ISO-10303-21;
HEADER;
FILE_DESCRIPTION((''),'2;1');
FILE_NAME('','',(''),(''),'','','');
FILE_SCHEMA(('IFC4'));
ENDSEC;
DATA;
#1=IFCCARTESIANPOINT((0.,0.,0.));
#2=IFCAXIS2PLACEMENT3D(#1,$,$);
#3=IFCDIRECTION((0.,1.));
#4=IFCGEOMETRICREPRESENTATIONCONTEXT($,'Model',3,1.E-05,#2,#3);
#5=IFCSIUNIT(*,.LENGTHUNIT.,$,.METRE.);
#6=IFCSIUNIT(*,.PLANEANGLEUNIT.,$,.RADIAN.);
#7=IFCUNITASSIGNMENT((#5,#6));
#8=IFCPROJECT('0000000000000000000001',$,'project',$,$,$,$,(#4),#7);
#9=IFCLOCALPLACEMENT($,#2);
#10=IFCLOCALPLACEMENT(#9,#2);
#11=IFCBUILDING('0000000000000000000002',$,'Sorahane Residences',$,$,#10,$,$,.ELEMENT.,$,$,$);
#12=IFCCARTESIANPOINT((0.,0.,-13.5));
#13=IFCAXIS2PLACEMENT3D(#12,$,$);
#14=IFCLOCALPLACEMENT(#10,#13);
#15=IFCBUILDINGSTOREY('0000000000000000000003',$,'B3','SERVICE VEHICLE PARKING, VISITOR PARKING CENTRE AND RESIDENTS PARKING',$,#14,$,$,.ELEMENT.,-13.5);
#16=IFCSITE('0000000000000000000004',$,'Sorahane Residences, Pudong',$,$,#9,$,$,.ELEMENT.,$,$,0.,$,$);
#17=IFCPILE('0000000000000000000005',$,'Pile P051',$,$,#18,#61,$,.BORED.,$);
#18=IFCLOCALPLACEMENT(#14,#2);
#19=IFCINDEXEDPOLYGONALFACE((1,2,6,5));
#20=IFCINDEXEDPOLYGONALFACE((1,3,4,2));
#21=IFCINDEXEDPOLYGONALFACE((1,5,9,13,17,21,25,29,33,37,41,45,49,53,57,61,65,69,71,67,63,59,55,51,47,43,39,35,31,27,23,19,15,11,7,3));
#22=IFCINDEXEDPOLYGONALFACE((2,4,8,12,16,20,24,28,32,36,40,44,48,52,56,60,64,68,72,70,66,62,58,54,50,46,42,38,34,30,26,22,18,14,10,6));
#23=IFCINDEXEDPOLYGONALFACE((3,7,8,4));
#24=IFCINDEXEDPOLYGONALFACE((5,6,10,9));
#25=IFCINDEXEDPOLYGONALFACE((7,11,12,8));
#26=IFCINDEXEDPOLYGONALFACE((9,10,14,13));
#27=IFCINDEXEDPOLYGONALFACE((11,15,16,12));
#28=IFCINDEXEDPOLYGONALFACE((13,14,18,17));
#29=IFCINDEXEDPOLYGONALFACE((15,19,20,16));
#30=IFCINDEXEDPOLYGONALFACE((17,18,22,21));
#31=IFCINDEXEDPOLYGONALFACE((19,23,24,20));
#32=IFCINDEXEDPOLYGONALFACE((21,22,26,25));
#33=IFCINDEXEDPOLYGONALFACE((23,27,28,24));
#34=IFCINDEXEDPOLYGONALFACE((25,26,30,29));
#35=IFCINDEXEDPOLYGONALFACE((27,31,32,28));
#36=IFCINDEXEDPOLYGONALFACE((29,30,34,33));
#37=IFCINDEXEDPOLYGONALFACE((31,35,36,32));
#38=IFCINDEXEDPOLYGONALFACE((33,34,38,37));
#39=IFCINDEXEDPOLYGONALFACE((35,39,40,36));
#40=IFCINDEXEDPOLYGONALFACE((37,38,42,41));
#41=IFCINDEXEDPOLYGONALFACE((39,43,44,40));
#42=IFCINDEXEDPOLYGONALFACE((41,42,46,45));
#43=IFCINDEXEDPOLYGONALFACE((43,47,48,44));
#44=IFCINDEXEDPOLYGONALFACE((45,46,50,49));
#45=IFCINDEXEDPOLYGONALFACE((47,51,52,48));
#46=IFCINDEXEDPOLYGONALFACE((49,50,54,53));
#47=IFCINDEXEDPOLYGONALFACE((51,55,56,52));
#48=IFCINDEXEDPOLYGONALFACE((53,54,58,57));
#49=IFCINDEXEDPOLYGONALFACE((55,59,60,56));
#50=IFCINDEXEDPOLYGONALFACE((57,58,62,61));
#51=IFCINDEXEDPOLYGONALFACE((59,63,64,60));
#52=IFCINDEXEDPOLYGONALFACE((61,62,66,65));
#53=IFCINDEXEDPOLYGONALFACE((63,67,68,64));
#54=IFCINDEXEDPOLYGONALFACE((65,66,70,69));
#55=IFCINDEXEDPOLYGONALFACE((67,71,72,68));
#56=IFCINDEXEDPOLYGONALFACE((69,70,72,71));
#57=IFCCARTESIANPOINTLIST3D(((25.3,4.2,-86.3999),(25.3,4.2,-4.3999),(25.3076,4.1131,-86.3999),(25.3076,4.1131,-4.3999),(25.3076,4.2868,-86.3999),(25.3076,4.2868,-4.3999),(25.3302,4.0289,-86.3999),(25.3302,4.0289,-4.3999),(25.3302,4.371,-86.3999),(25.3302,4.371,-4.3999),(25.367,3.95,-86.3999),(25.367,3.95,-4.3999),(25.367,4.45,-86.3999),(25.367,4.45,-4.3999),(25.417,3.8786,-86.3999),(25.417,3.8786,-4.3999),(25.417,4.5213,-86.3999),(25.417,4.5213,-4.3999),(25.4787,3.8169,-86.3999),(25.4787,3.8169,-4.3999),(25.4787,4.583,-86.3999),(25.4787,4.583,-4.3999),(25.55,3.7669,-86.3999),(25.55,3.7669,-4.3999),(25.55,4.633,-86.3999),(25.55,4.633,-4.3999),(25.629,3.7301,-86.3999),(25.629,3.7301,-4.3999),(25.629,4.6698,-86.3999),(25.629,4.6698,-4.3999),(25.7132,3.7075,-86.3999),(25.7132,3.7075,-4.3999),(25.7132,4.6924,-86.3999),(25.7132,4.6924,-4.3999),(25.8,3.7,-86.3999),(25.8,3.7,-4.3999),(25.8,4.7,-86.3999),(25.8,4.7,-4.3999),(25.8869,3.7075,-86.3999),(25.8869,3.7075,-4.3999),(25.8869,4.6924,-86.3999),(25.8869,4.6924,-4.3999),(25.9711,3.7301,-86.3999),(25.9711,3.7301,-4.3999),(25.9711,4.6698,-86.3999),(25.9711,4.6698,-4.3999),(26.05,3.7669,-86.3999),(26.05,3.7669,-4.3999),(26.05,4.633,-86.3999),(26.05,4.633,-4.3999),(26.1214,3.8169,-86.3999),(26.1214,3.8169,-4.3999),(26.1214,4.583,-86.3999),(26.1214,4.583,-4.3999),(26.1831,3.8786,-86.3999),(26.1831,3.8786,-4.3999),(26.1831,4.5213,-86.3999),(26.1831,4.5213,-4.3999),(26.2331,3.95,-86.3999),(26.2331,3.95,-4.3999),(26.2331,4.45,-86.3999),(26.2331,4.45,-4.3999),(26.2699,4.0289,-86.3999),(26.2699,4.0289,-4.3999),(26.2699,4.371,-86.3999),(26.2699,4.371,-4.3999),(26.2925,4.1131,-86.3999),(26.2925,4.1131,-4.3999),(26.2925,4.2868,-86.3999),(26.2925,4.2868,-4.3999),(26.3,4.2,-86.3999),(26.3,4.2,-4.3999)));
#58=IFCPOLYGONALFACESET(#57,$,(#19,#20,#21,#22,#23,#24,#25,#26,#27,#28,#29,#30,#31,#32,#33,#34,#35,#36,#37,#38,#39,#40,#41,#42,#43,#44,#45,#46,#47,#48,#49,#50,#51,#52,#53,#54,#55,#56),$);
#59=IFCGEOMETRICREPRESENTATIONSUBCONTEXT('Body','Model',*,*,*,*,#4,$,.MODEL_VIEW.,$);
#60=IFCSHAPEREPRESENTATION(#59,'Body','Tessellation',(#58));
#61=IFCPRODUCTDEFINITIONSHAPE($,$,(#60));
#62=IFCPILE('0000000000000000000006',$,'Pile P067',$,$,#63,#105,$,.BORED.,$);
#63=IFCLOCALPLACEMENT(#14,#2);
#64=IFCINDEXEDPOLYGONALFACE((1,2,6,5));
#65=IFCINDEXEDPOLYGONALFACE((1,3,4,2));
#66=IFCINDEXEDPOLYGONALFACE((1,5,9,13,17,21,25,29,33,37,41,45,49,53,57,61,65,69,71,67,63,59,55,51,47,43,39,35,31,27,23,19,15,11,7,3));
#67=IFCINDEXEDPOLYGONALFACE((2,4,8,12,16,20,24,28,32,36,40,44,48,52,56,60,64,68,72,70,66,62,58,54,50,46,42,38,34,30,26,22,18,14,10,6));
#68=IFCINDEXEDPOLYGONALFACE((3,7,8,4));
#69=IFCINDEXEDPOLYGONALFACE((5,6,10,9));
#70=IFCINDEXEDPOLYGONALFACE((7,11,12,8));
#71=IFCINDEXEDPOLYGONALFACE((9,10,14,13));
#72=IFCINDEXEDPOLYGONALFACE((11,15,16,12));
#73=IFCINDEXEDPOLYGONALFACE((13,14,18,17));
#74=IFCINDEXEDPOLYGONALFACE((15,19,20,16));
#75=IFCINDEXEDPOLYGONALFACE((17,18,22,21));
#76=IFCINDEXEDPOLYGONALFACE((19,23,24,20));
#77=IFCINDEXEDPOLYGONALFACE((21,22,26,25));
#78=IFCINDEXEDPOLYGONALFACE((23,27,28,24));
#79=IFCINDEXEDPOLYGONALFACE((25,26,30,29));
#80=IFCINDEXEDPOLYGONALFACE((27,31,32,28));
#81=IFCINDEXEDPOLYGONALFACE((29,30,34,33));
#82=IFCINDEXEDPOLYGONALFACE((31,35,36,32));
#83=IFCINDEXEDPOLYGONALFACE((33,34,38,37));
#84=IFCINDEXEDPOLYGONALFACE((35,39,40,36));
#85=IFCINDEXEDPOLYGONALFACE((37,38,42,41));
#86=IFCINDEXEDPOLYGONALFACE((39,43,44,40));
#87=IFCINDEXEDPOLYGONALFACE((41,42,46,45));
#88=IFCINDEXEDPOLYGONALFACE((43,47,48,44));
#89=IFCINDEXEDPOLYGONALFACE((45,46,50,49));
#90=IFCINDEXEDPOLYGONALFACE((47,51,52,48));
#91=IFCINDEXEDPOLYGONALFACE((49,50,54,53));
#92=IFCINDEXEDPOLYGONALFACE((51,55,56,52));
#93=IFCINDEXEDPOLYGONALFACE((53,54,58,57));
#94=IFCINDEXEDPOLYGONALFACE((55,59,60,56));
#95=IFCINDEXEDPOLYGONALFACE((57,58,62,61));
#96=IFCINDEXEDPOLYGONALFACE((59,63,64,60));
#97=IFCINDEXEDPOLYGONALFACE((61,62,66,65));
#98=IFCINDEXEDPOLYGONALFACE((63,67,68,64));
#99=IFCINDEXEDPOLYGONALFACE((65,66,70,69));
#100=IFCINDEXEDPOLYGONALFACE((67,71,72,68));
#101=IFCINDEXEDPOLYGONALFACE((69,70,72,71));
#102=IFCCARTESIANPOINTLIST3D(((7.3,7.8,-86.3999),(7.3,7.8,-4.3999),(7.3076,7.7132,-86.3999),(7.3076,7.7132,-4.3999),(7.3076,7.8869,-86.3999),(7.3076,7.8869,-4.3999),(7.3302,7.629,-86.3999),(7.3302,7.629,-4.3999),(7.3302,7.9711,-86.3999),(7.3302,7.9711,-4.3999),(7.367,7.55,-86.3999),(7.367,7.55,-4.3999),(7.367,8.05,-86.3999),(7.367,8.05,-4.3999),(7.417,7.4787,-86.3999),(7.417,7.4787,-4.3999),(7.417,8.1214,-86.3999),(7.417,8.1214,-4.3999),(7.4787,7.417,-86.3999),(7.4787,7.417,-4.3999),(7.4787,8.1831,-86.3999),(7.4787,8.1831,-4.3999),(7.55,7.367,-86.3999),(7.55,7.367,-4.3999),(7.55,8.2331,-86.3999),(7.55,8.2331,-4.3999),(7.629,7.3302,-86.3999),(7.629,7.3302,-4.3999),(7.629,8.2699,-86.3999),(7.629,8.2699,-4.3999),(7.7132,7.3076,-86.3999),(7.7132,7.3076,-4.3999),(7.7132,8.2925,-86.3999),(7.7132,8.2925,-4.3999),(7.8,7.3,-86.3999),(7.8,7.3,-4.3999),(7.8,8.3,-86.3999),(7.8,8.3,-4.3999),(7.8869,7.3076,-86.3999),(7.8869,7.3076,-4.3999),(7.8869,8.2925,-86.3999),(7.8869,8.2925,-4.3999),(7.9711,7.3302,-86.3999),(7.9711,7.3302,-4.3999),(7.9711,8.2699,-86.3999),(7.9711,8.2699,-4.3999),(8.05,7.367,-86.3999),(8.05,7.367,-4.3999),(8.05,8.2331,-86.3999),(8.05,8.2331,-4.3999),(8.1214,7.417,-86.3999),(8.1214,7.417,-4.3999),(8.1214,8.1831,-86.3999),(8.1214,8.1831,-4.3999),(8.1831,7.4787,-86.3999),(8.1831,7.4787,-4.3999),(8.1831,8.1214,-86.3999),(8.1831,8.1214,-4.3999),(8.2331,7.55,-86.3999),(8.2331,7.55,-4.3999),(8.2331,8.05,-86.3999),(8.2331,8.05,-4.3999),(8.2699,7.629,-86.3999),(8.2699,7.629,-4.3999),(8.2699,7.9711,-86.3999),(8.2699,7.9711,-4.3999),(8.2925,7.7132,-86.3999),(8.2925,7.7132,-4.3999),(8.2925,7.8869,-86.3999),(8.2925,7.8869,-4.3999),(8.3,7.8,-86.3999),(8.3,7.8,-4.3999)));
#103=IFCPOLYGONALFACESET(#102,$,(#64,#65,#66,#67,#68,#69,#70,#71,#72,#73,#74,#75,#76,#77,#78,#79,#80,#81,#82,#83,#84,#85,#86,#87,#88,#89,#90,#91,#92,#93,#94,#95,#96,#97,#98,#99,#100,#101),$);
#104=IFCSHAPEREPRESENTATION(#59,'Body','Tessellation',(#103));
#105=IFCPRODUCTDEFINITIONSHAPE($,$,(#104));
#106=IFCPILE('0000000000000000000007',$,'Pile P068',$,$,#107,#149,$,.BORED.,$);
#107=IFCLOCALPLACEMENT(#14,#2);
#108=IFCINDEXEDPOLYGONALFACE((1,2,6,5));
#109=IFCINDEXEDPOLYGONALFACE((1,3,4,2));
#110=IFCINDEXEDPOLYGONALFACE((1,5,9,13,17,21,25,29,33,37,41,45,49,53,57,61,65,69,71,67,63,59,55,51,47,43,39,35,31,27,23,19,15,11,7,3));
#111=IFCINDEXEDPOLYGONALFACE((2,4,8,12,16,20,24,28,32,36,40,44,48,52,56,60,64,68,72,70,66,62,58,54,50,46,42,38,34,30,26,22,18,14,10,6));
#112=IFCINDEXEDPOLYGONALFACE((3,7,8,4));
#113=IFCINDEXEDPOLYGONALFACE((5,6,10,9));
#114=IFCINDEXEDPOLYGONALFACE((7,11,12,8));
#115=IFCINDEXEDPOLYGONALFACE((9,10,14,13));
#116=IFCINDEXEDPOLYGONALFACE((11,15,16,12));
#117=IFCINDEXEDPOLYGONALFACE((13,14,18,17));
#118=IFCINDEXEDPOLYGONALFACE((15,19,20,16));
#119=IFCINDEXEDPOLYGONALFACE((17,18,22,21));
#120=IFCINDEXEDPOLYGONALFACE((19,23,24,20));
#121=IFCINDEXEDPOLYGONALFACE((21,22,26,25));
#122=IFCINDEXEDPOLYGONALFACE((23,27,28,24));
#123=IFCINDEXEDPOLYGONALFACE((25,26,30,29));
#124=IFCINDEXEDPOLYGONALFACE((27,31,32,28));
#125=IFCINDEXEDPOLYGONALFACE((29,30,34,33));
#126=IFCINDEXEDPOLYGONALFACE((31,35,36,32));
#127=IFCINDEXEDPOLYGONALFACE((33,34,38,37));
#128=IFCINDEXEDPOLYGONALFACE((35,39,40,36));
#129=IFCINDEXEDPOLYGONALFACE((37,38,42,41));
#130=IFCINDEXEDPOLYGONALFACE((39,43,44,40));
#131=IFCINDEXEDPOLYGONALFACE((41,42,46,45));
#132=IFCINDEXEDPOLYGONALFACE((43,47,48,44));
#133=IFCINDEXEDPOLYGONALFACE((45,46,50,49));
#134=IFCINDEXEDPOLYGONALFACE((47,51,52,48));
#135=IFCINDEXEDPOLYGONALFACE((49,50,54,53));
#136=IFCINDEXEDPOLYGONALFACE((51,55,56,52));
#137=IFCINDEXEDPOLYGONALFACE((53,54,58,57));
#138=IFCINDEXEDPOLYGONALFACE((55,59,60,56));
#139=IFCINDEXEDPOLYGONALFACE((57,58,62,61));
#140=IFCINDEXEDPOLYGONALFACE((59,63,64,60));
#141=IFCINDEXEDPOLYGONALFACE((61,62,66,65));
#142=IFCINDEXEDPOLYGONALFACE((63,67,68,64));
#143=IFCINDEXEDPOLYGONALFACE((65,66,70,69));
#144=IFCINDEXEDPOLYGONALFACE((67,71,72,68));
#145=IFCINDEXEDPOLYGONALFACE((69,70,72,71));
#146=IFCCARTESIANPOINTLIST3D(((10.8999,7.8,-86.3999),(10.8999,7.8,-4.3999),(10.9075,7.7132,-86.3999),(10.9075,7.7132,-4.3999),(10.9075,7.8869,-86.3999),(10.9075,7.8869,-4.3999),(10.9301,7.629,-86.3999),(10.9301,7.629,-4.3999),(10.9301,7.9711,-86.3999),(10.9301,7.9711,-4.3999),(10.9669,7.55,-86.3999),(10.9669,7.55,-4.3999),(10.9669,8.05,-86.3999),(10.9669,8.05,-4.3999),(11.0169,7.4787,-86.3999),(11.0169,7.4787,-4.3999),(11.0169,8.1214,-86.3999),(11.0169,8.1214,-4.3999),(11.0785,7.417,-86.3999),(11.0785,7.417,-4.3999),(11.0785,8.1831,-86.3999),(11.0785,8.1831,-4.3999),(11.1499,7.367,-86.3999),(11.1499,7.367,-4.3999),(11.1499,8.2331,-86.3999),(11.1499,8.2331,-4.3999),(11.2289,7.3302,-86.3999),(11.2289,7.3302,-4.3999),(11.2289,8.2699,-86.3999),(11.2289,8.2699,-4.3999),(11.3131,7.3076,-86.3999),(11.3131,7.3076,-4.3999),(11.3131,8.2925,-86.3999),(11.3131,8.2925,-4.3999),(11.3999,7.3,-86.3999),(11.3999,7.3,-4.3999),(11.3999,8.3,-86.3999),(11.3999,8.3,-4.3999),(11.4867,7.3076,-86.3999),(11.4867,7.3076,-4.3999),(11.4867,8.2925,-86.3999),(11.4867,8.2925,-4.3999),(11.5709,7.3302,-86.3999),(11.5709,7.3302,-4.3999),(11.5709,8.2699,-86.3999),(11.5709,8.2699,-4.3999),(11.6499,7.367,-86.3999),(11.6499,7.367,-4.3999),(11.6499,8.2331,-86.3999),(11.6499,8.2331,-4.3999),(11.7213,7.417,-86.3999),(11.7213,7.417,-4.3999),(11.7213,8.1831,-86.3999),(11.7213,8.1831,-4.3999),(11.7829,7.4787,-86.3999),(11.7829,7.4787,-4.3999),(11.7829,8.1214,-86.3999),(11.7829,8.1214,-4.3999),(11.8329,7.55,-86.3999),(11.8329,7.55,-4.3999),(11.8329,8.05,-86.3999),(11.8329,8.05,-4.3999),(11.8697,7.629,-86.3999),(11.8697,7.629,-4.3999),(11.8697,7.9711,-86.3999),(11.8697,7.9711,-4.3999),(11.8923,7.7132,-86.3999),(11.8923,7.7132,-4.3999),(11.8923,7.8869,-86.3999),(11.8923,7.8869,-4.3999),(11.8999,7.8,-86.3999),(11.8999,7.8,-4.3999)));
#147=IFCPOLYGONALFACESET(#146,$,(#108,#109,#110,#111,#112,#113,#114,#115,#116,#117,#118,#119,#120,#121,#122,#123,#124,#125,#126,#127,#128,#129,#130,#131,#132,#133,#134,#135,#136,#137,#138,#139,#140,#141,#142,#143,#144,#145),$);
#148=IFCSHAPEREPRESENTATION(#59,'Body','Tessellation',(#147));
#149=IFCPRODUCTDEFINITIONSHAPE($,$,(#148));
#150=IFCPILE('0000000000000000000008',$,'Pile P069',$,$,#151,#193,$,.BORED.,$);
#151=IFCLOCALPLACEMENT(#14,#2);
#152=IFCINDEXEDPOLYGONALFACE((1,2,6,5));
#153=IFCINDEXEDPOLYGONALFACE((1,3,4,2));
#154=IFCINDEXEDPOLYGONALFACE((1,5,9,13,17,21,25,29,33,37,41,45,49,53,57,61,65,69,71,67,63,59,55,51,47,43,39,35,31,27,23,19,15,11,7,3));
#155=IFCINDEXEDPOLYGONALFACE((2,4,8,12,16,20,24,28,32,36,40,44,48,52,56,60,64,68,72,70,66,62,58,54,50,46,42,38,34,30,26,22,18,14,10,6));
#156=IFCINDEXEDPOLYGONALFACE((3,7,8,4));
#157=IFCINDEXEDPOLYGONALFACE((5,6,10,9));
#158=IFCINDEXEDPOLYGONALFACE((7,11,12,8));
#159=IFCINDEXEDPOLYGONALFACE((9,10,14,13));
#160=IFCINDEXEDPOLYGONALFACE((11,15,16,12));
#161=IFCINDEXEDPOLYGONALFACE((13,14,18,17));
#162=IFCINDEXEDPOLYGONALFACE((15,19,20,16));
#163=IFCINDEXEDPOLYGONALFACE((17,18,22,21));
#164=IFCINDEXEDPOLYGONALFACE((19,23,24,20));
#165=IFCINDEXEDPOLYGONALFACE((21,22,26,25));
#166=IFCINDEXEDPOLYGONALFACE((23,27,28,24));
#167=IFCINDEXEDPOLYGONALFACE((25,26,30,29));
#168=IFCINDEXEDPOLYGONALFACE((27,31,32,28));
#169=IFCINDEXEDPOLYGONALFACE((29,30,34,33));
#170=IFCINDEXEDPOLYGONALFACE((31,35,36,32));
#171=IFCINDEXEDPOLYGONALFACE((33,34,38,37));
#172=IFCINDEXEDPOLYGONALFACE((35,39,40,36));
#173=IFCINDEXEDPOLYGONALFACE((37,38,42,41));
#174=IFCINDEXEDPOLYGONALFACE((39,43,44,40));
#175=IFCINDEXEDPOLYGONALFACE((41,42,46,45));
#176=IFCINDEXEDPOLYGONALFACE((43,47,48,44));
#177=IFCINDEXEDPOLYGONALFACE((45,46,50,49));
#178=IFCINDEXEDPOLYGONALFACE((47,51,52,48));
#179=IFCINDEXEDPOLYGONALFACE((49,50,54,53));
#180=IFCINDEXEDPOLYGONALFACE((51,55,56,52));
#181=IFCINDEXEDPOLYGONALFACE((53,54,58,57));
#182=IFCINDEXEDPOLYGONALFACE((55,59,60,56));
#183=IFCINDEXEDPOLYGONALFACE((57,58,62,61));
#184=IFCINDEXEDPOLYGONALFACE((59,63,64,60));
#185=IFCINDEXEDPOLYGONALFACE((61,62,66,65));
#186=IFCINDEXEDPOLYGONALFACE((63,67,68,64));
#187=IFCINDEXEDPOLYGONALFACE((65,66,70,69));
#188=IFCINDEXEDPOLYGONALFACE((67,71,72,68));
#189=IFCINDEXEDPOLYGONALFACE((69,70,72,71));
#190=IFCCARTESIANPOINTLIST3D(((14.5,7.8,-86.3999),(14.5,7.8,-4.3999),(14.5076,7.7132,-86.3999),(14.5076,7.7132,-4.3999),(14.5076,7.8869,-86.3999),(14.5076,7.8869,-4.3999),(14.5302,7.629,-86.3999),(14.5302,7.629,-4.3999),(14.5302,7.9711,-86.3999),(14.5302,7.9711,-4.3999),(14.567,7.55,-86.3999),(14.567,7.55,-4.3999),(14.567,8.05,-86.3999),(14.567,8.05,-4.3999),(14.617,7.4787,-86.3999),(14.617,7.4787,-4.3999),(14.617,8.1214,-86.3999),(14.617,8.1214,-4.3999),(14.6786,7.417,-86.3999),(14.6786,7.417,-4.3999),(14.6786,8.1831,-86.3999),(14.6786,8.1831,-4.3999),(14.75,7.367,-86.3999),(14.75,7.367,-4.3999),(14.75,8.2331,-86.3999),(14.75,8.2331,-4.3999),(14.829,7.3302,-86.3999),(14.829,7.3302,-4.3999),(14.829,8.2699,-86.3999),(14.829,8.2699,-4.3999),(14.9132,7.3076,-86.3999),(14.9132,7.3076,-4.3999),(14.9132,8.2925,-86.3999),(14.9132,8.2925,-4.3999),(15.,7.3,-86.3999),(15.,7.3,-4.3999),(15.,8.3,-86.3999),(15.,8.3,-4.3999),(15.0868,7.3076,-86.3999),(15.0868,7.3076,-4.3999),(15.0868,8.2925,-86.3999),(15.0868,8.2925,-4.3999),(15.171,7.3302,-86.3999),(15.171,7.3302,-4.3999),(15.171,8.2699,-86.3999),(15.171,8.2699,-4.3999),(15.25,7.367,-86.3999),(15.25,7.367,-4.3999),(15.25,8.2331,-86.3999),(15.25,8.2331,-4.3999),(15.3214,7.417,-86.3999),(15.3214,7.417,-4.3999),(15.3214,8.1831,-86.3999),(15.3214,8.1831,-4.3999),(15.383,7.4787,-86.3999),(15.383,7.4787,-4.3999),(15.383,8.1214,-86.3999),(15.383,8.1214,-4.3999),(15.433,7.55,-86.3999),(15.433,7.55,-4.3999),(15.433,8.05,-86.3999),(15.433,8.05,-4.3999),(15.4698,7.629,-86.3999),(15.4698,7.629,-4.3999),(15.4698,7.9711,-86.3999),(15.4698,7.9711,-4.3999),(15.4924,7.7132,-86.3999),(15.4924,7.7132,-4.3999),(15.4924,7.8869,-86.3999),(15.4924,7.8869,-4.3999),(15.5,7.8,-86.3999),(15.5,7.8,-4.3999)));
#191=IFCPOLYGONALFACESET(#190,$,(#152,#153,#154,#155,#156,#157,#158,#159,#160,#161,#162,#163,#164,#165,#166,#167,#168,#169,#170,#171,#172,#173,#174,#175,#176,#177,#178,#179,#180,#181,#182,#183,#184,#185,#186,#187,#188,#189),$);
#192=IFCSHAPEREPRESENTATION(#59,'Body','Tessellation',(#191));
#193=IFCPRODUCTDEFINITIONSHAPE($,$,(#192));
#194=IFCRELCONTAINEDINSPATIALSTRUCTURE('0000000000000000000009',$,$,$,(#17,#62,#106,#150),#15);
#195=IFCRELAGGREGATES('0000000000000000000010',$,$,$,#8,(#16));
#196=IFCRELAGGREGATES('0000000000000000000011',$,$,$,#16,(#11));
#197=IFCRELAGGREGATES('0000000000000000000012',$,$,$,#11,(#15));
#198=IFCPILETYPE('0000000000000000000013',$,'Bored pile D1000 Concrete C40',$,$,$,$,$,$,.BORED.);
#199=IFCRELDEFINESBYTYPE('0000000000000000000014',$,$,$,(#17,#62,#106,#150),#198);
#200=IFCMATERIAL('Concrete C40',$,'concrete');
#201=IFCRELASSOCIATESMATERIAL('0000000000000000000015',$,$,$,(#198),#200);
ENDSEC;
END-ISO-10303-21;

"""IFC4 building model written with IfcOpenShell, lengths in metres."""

from ifc_helpers import new_model, si_unit, direction, frame, origin, origin_2d, place, context, subcontext, project, spatial, circle, extrude, material, material_profile, profile_set, type_object, element, save


model = new_model("IFC4")

# Units and contexts
model_context = context("Model", 3, precision=1e-05, world=origin(), true_north=direction((0.0, 1.0)))
body_context = subcontext(model_context, "Body", "Model", "MODEL_VIEW")
ifc_project = project(units=[si_unit("LENGTHUNIT", "METRE"), si_unit("PLANEANGLEUNIT", "RADIAN")], contexts=[model_context])

# Site, building, storey
site_placement = place(None, origin())
site = spatial("IfcSite", under=ifc_project, at=site_placement, Name="Sorahane Residences, Pudong", CompositionType="ELEMENT", RefElevation=0.0)
building_placement = place(site_placement, origin())
building = spatial("IfcBuilding", under=site, at=building_placement, Name="Sorahane Residences", CompositionType="ELEMENT")
storey_placement = place(building_placement, frame((0.0, 0.0, -13.5)))
storey = spatial("IfcBuildingStorey", under=building, at=storey_placement, Name="B3", Description="SERVICE VEHICLE PARKING, VISITOR PARKING CENTRE AND RESIDENTS PARKING", CompositionType="ELEMENT", Elevation=-13.5)

# Piles
ifc_material_1 = material(Name="Concrete C40", Category="concrete")
ifc_material_profile_1 = material_profile(ifc_material_1, circle(Radius=0.5, at=origin_2d()), Name="D1000")
ifc_profile_set_1 = profile_set([ifc_material_profile_1], Name="Concrete C40")
pile_type = type_object("IfcPileType", Name="Bored pile D1000 Concrete C40", PredefinedType="BORED", material=ifc_profile_set_1)
for number, where, z_axis, x_axis, name in (
    (1, (25.8, 4.2, -4.3999), (0.0, 0.0, -1.0), (1.0, 0.0, 0.0), "Pile P051"),
    (2, (7.8, 7.8, -4.3999), (0.0, 0.0, -1.0), (1.0, 0.0, 0.0), "Pile P067"),
    (3, (11.3999, 7.8, -4.3999), (0.0, 0.0, -1.0), (1.0, 0.0, 0.0), "Pile P068"),
    (4, (15.0, 7.8, -4.3999), (0.0, 0.0, -1.0), (1.0, 0.0, 0.0), "Pile P069"),
):
    element("IfcPile", number, at=place(storey_placement, frame(where, z_axis=z_axis, x_axis=x_axis)), inside=storey, type_object=pile_type, Name=name, PredefinedType="BORED", context=body_context, shape_type="SweptSolid", body=[
        extrude(circle(Radius=0.5, at=origin_2d()), origin(), (0.0, 0.0, 1.0), 82.0),
    ])

save(model, "model.ifc")
